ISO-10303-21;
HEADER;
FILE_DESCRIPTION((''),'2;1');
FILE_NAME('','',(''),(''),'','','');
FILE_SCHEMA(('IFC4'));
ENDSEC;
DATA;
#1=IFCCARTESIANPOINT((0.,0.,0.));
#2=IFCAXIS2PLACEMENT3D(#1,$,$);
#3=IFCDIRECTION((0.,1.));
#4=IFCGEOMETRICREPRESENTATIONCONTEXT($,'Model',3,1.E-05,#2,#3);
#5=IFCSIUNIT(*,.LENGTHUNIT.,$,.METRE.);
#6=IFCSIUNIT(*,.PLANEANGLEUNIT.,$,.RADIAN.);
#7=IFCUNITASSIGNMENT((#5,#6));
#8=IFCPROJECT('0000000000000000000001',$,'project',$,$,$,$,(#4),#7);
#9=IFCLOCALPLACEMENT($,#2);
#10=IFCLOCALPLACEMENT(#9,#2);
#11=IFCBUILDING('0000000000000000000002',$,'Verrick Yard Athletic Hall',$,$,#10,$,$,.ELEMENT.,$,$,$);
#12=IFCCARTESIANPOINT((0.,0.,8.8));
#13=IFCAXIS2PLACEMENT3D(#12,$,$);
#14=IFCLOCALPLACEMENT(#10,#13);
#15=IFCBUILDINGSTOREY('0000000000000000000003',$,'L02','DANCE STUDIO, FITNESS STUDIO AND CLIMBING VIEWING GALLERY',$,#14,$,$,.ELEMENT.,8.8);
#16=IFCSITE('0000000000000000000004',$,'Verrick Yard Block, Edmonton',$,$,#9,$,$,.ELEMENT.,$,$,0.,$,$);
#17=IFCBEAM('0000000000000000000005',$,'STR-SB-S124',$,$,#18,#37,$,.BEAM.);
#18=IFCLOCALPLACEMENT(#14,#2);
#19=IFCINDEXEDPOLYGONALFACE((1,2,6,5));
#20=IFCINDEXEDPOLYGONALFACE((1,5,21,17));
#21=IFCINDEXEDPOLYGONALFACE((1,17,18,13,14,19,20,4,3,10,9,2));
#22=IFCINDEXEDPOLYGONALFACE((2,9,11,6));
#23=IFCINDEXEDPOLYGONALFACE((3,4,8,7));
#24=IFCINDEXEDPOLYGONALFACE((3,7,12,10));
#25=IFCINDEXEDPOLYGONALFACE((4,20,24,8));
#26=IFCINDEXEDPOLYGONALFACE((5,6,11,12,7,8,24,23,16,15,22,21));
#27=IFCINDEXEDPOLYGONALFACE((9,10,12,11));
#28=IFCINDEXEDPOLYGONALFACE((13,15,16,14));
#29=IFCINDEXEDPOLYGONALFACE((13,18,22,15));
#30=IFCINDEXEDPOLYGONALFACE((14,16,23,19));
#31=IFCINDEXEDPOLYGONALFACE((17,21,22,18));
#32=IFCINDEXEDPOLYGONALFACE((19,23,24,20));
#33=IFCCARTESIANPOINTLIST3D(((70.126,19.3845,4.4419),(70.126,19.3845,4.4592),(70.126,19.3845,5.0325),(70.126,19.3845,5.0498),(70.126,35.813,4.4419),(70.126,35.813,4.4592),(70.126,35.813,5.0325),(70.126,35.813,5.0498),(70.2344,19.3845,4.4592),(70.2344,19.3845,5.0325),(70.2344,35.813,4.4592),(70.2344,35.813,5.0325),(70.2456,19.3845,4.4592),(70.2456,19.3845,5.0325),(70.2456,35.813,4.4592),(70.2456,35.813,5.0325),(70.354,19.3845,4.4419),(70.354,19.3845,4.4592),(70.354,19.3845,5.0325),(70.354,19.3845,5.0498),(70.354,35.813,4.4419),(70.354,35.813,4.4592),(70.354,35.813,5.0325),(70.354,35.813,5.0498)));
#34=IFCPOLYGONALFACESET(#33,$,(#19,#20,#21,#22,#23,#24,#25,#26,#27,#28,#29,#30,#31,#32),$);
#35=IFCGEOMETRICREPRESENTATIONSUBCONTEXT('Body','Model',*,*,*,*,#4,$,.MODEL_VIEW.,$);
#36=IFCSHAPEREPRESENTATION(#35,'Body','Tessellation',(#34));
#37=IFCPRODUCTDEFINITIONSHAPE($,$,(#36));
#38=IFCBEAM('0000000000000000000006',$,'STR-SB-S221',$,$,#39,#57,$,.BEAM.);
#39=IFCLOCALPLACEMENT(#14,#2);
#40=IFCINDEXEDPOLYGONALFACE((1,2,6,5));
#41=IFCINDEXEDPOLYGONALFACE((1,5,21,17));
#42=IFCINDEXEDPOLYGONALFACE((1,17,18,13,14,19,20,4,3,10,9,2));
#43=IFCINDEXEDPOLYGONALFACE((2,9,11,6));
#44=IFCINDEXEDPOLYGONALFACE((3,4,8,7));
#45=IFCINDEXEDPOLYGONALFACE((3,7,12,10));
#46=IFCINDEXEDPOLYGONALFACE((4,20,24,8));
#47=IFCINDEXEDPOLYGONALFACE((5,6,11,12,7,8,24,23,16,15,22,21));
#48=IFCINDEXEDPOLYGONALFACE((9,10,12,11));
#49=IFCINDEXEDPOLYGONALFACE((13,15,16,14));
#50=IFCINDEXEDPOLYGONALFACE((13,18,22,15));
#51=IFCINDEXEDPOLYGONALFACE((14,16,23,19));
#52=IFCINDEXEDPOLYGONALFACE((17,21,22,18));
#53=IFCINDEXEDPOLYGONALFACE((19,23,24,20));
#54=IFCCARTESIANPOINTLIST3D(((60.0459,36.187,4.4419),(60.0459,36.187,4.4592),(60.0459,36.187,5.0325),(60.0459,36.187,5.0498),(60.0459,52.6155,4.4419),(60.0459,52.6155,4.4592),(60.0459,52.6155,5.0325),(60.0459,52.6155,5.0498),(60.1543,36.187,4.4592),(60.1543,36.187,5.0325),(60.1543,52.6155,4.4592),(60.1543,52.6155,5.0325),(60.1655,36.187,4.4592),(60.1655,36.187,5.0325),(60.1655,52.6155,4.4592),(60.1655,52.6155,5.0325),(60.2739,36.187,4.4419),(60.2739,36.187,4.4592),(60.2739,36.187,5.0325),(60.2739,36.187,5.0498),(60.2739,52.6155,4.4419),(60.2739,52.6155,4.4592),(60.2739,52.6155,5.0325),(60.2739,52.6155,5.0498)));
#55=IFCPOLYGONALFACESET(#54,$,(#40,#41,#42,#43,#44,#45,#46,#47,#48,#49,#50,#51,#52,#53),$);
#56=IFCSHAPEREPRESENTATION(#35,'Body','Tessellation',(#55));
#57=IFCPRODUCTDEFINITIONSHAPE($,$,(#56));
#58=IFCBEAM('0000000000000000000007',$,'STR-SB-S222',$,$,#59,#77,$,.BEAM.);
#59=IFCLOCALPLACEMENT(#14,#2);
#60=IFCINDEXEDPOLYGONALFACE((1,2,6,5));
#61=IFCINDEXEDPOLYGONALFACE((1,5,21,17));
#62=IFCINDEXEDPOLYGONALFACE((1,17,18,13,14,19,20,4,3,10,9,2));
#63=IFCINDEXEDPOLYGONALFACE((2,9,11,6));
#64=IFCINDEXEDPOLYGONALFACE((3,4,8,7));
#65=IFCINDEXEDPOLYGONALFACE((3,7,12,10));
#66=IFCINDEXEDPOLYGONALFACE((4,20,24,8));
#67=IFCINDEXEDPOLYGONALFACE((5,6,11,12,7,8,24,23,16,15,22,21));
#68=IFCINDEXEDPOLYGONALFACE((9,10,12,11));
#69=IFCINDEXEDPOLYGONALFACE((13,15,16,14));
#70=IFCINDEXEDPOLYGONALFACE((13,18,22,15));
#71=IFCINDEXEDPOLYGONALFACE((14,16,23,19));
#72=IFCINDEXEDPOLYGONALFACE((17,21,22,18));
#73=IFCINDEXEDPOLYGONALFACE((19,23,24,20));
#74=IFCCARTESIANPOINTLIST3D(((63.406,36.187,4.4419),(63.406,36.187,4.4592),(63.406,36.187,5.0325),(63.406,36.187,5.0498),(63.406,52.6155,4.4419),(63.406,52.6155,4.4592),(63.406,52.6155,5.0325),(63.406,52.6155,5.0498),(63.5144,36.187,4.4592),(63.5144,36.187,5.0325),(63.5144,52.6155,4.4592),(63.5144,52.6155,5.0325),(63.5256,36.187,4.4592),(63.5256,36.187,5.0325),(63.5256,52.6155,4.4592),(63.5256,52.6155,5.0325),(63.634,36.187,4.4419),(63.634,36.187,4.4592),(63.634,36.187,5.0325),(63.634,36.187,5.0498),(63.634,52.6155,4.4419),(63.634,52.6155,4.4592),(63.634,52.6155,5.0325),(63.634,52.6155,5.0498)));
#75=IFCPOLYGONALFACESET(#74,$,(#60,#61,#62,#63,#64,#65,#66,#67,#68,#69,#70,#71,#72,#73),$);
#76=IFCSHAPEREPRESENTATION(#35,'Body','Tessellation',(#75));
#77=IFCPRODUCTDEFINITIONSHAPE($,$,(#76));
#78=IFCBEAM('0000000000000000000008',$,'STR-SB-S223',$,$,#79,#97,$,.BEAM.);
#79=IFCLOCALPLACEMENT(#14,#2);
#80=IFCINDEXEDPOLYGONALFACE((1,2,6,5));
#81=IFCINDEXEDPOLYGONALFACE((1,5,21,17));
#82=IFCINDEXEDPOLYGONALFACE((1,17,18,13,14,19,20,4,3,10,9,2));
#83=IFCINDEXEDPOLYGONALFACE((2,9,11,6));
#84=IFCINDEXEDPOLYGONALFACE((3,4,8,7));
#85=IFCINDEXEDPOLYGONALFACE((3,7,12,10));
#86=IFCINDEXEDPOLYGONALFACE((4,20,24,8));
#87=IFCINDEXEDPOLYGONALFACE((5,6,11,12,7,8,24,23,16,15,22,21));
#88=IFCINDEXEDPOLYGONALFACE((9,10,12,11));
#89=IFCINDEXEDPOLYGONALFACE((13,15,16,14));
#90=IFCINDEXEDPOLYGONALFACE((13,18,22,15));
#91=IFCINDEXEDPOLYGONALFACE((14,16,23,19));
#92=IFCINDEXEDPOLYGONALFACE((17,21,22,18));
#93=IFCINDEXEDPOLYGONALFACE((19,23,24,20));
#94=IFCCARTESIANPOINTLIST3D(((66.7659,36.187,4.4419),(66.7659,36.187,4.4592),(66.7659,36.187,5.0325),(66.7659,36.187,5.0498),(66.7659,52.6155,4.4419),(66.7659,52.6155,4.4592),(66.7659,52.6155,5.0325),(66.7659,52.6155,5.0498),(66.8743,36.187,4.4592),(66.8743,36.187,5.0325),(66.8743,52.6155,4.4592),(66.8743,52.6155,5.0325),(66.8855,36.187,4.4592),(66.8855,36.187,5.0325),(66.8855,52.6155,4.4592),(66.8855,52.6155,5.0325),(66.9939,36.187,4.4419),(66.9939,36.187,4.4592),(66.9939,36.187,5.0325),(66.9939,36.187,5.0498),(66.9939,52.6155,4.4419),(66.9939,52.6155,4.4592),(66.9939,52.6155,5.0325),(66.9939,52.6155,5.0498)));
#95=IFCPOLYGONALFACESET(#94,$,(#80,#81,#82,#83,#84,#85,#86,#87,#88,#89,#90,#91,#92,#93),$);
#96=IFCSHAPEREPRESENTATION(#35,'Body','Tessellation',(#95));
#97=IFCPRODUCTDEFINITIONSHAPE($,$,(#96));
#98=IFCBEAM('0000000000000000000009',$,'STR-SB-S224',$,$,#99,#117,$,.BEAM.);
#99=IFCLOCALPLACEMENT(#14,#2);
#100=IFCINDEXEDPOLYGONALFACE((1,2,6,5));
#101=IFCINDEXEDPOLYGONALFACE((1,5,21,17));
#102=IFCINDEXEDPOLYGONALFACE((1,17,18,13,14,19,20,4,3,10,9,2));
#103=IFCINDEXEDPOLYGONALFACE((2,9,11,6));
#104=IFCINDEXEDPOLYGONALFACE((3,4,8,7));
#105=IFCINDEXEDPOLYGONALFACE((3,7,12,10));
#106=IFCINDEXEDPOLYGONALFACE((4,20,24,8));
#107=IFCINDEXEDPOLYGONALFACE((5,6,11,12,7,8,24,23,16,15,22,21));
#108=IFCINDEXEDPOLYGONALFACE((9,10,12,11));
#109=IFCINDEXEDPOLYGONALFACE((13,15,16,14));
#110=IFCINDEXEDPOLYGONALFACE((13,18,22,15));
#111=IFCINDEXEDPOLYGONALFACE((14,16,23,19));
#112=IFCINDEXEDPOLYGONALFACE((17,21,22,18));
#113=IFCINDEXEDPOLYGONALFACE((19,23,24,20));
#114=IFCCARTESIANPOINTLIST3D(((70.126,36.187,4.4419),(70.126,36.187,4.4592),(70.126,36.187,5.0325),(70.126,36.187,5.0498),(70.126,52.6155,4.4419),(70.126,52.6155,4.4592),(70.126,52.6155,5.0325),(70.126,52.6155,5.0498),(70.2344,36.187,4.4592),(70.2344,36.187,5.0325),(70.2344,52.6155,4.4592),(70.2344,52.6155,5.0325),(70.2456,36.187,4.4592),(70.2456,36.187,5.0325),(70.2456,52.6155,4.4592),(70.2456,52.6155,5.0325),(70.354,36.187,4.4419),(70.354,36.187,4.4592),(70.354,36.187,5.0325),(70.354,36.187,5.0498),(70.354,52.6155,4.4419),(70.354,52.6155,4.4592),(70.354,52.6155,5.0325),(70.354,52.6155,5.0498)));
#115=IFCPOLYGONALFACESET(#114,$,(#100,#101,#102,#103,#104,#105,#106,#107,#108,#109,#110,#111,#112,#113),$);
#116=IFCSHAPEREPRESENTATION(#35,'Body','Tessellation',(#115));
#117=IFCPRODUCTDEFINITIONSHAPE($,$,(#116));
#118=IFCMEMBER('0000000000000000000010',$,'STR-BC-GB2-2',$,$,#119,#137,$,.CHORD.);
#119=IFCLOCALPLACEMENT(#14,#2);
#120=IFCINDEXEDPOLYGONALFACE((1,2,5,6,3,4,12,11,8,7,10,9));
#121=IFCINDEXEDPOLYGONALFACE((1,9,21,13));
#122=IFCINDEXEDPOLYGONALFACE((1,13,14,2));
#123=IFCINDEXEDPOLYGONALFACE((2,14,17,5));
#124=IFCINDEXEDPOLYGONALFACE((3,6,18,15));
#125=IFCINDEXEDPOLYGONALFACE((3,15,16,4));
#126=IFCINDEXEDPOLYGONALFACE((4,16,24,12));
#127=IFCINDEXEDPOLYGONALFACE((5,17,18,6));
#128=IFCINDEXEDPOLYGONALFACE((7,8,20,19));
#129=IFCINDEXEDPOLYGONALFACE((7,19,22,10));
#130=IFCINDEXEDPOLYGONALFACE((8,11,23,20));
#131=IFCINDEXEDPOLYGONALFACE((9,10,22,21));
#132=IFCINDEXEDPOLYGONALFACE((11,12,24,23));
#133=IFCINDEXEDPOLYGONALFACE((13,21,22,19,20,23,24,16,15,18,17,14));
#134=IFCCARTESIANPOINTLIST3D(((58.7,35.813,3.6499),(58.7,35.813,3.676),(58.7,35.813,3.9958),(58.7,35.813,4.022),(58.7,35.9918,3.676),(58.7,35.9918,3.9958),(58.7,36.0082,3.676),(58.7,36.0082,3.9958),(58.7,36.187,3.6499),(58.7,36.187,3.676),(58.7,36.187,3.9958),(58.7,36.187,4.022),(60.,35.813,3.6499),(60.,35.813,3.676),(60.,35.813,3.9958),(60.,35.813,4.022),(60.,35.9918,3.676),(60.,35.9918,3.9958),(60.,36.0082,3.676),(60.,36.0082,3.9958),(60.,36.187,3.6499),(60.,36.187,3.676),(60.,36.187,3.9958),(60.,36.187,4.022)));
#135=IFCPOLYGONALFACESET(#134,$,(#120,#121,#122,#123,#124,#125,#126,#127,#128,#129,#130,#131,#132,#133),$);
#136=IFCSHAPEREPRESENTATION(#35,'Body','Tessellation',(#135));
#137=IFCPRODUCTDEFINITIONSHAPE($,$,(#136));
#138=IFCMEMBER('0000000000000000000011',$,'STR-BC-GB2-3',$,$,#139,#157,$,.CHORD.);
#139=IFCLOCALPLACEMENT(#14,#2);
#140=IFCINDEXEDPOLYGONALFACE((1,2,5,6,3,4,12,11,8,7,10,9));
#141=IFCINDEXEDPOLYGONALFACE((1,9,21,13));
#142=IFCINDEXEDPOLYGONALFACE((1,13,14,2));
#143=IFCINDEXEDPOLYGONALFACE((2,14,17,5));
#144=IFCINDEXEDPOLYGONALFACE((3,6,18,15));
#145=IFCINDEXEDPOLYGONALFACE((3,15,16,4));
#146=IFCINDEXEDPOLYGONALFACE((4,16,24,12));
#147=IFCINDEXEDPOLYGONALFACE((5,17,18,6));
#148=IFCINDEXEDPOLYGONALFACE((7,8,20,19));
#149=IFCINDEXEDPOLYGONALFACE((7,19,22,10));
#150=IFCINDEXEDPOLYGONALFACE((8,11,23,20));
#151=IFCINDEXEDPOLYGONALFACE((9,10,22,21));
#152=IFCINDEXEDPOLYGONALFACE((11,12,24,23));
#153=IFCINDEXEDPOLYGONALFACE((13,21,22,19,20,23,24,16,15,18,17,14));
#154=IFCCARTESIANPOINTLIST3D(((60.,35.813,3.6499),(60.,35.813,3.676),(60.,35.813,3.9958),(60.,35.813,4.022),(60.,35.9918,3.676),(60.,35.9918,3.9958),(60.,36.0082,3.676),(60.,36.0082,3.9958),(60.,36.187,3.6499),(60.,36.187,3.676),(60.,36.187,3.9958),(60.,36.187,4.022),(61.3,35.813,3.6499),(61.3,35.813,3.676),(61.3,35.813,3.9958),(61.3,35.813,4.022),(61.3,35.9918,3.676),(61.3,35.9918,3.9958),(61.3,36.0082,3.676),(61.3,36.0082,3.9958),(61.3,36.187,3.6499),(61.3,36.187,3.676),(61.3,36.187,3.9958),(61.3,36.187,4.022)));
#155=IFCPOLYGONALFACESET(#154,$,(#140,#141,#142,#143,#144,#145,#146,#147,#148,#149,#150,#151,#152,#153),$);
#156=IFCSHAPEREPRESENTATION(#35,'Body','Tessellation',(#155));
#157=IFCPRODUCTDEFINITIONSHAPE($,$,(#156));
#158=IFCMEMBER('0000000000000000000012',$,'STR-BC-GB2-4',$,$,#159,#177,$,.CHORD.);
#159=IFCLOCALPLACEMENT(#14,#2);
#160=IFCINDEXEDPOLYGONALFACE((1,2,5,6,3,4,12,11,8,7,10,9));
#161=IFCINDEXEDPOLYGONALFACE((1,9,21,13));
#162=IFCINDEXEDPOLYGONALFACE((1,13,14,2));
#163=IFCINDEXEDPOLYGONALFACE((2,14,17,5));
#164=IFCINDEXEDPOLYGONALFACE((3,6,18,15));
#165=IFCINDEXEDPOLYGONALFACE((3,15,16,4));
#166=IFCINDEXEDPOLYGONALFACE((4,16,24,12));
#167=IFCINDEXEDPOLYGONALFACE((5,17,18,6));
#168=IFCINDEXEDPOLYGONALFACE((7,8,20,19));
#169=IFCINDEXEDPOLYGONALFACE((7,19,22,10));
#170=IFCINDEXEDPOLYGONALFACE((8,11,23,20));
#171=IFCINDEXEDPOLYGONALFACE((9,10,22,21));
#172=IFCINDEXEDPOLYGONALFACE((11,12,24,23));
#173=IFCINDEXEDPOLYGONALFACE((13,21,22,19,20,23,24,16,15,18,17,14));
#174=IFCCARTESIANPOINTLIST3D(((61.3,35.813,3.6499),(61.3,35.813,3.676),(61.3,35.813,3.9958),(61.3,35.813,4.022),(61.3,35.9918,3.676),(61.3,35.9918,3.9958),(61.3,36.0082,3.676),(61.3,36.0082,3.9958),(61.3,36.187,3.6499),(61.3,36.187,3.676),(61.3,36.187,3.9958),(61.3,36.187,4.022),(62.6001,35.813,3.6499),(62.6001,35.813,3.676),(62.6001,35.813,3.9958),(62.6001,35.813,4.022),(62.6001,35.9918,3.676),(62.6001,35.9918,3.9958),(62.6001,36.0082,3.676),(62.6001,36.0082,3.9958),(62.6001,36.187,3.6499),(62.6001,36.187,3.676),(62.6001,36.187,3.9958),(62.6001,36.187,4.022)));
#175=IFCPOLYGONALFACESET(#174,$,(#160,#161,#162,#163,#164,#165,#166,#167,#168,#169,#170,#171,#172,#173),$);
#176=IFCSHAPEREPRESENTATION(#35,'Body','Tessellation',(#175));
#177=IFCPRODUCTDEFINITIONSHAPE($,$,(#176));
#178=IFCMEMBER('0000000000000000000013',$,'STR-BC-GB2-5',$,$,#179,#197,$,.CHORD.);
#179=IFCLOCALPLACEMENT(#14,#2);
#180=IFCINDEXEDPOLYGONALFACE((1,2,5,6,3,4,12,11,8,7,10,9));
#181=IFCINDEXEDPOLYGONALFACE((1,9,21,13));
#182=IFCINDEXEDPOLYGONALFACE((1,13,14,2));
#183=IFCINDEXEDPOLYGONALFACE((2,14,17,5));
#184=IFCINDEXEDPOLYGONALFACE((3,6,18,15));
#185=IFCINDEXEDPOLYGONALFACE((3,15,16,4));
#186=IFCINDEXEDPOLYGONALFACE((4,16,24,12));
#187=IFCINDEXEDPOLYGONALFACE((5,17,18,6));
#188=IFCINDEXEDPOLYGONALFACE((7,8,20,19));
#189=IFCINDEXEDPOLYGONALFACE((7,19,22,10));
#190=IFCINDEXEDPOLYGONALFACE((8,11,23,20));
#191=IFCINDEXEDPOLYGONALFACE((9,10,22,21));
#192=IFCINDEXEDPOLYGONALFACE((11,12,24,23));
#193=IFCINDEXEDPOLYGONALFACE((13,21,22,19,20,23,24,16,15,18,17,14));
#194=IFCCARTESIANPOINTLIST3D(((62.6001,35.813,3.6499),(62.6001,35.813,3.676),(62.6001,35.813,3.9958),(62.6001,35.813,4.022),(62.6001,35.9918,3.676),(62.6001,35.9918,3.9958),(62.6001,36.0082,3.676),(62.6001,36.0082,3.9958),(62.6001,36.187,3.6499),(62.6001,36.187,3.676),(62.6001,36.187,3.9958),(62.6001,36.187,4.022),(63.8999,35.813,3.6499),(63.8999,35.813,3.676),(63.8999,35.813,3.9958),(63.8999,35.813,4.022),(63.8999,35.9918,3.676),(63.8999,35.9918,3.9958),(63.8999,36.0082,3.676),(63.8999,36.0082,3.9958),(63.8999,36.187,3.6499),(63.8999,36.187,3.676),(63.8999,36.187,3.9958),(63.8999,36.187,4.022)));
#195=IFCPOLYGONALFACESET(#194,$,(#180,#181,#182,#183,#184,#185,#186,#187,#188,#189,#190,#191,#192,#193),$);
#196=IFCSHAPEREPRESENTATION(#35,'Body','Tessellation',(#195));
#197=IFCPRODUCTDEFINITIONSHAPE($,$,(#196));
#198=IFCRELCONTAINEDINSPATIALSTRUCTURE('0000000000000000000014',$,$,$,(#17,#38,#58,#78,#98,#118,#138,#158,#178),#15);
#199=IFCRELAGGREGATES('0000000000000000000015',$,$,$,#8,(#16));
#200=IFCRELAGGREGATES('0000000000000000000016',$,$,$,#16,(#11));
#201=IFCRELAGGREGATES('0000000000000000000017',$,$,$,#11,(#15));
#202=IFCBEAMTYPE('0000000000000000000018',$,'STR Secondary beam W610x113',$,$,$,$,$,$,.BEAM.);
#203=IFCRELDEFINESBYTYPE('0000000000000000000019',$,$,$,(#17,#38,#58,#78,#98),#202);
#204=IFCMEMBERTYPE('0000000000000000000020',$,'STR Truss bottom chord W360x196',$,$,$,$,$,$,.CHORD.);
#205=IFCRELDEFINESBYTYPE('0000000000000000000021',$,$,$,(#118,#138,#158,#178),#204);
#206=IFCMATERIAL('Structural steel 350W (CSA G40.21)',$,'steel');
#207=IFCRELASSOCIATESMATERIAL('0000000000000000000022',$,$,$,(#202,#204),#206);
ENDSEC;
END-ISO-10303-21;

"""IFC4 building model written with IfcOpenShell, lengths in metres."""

from ifc_helpers import new_model, si_unit, direction, frame, origin, origin_2d, place, context, subcontext, project, spatial, i_section, extrude, material, material_profile, profile_set, type_object, element, save


model = new_model("IFC4")

# Units and contexts
model_context = context("Model", 3, precision=1e-05, world=origin(), true_north=direction((0.0, 1.0)))
body_context = subcontext(model_context, "Body", "Model", "MODEL_VIEW")
ifc_project = project(units=[si_unit("LENGTHUNIT", "METRE"), si_unit("PLANEANGLEUNIT", "RADIAN")], contexts=[model_context])

# Site, building, storey
site_placement = place(None, origin())
site = spatial("IfcSite", under=ifc_project, at=site_placement, Name="Verrick Yard Block, Edmonton", CompositionType="ELEMENT", RefElevation=0.0)
building_placement = place(site_placement, origin())
building = spatial("IfcBuilding", under=site, at=building_placement, Name="Verrick Yard Athletic Hall", CompositionType="ELEMENT")
storey_placement = place(building_placement, frame((0.0, 0.0, 8.8)))
storey = spatial("IfcBuildingStorey", under=building, at=storey_placement, Name="L02", Description="DANCE STUDIO, FITNESS STUDIO AND CLIMBING VIEWING GALLERY", CompositionType="ELEMENT", Elevation=8.8)

# Beams
ifc_material_1 = material(Name="Structural steel 350W (CSA G40.21)", Category="steel")
ifc_material_profile_1 = material_profile(ifc_material_1, i_section(OverallWidth=0.228, OverallDepth=0.6079, WebThickness=0.0112, FlangeThickness=0.0173, at=origin_2d()), Name="W610x113")
ifc_profile_set_1 = profile_set([ifc_material_profile_1], Name="Structural steel 350W (CSA G40.21)")
beam_type = type_object("IfcBeamType", Name="STR Secondary beam W610x113", PredefinedType="BEAM", material=ifc_profile_set_1)
for number, where, z_axis, x_axis, name in (
    (1, (70.24, 19.3845, 4.7458), (0.0, 1.0, 0.0), (-1.0, 0.0, 0.0), "STR-SB-S124"),
    (2, (60.1599, 36.187, 4.7458), (0.0, 1.0, 0.0), (-1.0, 0.0, 0.0), "STR-SB-S221"),
    (3, (63.52, 36.187, 4.7458), (0.0, 1.0, 0.0), (-1.0, 0.0, 0.0), "STR-SB-S222"),
    (4, (66.8799, 36.187, 4.7458), (0.0, 1.0, 0.0), (-1.0, 0.0, 0.0), "STR-SB-S223"),
    (5, (70.24, 36.187, 4.7458), (0.0, 1.0, 0.0), (-1.0, 0.0, 0.0), "STR-SB-S224"),
):
    element("IfcBeam", number, at=place(storey_placement, frame(where, z_axis=z_axis, x_axis=x_axis)), inside=storey, type_object=beam_type, Name=name, PredefinedType="BEAM", context=body_context, shape_type="SweptSolid", body=[
        extrude(i_section(OverallWidth=0.228, OverallDepth=0.6079, WebThickness=0.0112, FlangeThickness=0.0173, at=origin_2d()), origin(), (0.0, 0.0, 1.0), 16.4285),
    ])

# Members
ifc_material_profile_2 = material_profile(ifc_material_1, i_section(OverallWidth=0.374, OverallDepth=0.3721, WebThickness=0.0164, FlangeThickness=0.0261, at=origin_2d()), Name="W360x196")
ifc_profile_set_2 = profile_set([ifc_material_profile_2], Name="Structural steel 350W (CSA G40.21)")
member_type_1 = type_object("IfcMemberType", Name="STR Truss bottom chord W360x196", PredefinedType="CHORD", material=ifc_profile_set_2)
for number, where, z_axis, x_axis, name in (
    (6, (58.7, 36.0, 3.8359), (1.0, 0.0, 0.0), (0.0, 1.0, 0.0), "STR-BC-GB2-2"),
    (7, (60.0, 36.0, 3.8359), (1.0, 0.0, 0.0), (0.0, 1.0, 0.0), "STR-BC-GB2-3"),
    (8, (61.3, 36.0, 3.8359), (1.0, 0.0, 0.0), (0.0, 1.0, 0.0), "STR-BC-GB2-4"),
):
    element("IfcMember", number, at=place(storey_placement, frame(where, z_axis=z_axis, x_axis=x_axis)), inside=storey, type_object=member_type_1, Name=name, PredefinedType="CHORD", context=body_context, shape_type="SweptSolid", body=[
        extrude(i_section(OverallWidth=0.374, OverallDepth=0.3721, WebThickness=0.0164, FlangeThickness=0.0261, at=origin_2d()), origin(), (0.0, 0.0, 1.0), 1.3),
    ])
member_1_placement = place(storey_placement, frame((62.6001, 36.0, 3.8359), z_axis=(1.0, 0.0, 0.0), x_axis=(0.0, 1.0, 0.0)))
element("IfcMember", 9, at=member_1_placement, inside=storey, type_object=member_type_1, Name="STR-BC-GB2-5", PredefinedType="CHORD", context=body_context, shape_type="SweptSolid", body=[
    extrude(i_section(OverallWidth=0.374, OverallDepth=0.3721, WebThickness=0.0164, FlangeThickness=0.0261, at=origin_2d()), origin(), (0.0, 0.0, 1.0), 1.2998),
])

save(model, "model.ifc")
